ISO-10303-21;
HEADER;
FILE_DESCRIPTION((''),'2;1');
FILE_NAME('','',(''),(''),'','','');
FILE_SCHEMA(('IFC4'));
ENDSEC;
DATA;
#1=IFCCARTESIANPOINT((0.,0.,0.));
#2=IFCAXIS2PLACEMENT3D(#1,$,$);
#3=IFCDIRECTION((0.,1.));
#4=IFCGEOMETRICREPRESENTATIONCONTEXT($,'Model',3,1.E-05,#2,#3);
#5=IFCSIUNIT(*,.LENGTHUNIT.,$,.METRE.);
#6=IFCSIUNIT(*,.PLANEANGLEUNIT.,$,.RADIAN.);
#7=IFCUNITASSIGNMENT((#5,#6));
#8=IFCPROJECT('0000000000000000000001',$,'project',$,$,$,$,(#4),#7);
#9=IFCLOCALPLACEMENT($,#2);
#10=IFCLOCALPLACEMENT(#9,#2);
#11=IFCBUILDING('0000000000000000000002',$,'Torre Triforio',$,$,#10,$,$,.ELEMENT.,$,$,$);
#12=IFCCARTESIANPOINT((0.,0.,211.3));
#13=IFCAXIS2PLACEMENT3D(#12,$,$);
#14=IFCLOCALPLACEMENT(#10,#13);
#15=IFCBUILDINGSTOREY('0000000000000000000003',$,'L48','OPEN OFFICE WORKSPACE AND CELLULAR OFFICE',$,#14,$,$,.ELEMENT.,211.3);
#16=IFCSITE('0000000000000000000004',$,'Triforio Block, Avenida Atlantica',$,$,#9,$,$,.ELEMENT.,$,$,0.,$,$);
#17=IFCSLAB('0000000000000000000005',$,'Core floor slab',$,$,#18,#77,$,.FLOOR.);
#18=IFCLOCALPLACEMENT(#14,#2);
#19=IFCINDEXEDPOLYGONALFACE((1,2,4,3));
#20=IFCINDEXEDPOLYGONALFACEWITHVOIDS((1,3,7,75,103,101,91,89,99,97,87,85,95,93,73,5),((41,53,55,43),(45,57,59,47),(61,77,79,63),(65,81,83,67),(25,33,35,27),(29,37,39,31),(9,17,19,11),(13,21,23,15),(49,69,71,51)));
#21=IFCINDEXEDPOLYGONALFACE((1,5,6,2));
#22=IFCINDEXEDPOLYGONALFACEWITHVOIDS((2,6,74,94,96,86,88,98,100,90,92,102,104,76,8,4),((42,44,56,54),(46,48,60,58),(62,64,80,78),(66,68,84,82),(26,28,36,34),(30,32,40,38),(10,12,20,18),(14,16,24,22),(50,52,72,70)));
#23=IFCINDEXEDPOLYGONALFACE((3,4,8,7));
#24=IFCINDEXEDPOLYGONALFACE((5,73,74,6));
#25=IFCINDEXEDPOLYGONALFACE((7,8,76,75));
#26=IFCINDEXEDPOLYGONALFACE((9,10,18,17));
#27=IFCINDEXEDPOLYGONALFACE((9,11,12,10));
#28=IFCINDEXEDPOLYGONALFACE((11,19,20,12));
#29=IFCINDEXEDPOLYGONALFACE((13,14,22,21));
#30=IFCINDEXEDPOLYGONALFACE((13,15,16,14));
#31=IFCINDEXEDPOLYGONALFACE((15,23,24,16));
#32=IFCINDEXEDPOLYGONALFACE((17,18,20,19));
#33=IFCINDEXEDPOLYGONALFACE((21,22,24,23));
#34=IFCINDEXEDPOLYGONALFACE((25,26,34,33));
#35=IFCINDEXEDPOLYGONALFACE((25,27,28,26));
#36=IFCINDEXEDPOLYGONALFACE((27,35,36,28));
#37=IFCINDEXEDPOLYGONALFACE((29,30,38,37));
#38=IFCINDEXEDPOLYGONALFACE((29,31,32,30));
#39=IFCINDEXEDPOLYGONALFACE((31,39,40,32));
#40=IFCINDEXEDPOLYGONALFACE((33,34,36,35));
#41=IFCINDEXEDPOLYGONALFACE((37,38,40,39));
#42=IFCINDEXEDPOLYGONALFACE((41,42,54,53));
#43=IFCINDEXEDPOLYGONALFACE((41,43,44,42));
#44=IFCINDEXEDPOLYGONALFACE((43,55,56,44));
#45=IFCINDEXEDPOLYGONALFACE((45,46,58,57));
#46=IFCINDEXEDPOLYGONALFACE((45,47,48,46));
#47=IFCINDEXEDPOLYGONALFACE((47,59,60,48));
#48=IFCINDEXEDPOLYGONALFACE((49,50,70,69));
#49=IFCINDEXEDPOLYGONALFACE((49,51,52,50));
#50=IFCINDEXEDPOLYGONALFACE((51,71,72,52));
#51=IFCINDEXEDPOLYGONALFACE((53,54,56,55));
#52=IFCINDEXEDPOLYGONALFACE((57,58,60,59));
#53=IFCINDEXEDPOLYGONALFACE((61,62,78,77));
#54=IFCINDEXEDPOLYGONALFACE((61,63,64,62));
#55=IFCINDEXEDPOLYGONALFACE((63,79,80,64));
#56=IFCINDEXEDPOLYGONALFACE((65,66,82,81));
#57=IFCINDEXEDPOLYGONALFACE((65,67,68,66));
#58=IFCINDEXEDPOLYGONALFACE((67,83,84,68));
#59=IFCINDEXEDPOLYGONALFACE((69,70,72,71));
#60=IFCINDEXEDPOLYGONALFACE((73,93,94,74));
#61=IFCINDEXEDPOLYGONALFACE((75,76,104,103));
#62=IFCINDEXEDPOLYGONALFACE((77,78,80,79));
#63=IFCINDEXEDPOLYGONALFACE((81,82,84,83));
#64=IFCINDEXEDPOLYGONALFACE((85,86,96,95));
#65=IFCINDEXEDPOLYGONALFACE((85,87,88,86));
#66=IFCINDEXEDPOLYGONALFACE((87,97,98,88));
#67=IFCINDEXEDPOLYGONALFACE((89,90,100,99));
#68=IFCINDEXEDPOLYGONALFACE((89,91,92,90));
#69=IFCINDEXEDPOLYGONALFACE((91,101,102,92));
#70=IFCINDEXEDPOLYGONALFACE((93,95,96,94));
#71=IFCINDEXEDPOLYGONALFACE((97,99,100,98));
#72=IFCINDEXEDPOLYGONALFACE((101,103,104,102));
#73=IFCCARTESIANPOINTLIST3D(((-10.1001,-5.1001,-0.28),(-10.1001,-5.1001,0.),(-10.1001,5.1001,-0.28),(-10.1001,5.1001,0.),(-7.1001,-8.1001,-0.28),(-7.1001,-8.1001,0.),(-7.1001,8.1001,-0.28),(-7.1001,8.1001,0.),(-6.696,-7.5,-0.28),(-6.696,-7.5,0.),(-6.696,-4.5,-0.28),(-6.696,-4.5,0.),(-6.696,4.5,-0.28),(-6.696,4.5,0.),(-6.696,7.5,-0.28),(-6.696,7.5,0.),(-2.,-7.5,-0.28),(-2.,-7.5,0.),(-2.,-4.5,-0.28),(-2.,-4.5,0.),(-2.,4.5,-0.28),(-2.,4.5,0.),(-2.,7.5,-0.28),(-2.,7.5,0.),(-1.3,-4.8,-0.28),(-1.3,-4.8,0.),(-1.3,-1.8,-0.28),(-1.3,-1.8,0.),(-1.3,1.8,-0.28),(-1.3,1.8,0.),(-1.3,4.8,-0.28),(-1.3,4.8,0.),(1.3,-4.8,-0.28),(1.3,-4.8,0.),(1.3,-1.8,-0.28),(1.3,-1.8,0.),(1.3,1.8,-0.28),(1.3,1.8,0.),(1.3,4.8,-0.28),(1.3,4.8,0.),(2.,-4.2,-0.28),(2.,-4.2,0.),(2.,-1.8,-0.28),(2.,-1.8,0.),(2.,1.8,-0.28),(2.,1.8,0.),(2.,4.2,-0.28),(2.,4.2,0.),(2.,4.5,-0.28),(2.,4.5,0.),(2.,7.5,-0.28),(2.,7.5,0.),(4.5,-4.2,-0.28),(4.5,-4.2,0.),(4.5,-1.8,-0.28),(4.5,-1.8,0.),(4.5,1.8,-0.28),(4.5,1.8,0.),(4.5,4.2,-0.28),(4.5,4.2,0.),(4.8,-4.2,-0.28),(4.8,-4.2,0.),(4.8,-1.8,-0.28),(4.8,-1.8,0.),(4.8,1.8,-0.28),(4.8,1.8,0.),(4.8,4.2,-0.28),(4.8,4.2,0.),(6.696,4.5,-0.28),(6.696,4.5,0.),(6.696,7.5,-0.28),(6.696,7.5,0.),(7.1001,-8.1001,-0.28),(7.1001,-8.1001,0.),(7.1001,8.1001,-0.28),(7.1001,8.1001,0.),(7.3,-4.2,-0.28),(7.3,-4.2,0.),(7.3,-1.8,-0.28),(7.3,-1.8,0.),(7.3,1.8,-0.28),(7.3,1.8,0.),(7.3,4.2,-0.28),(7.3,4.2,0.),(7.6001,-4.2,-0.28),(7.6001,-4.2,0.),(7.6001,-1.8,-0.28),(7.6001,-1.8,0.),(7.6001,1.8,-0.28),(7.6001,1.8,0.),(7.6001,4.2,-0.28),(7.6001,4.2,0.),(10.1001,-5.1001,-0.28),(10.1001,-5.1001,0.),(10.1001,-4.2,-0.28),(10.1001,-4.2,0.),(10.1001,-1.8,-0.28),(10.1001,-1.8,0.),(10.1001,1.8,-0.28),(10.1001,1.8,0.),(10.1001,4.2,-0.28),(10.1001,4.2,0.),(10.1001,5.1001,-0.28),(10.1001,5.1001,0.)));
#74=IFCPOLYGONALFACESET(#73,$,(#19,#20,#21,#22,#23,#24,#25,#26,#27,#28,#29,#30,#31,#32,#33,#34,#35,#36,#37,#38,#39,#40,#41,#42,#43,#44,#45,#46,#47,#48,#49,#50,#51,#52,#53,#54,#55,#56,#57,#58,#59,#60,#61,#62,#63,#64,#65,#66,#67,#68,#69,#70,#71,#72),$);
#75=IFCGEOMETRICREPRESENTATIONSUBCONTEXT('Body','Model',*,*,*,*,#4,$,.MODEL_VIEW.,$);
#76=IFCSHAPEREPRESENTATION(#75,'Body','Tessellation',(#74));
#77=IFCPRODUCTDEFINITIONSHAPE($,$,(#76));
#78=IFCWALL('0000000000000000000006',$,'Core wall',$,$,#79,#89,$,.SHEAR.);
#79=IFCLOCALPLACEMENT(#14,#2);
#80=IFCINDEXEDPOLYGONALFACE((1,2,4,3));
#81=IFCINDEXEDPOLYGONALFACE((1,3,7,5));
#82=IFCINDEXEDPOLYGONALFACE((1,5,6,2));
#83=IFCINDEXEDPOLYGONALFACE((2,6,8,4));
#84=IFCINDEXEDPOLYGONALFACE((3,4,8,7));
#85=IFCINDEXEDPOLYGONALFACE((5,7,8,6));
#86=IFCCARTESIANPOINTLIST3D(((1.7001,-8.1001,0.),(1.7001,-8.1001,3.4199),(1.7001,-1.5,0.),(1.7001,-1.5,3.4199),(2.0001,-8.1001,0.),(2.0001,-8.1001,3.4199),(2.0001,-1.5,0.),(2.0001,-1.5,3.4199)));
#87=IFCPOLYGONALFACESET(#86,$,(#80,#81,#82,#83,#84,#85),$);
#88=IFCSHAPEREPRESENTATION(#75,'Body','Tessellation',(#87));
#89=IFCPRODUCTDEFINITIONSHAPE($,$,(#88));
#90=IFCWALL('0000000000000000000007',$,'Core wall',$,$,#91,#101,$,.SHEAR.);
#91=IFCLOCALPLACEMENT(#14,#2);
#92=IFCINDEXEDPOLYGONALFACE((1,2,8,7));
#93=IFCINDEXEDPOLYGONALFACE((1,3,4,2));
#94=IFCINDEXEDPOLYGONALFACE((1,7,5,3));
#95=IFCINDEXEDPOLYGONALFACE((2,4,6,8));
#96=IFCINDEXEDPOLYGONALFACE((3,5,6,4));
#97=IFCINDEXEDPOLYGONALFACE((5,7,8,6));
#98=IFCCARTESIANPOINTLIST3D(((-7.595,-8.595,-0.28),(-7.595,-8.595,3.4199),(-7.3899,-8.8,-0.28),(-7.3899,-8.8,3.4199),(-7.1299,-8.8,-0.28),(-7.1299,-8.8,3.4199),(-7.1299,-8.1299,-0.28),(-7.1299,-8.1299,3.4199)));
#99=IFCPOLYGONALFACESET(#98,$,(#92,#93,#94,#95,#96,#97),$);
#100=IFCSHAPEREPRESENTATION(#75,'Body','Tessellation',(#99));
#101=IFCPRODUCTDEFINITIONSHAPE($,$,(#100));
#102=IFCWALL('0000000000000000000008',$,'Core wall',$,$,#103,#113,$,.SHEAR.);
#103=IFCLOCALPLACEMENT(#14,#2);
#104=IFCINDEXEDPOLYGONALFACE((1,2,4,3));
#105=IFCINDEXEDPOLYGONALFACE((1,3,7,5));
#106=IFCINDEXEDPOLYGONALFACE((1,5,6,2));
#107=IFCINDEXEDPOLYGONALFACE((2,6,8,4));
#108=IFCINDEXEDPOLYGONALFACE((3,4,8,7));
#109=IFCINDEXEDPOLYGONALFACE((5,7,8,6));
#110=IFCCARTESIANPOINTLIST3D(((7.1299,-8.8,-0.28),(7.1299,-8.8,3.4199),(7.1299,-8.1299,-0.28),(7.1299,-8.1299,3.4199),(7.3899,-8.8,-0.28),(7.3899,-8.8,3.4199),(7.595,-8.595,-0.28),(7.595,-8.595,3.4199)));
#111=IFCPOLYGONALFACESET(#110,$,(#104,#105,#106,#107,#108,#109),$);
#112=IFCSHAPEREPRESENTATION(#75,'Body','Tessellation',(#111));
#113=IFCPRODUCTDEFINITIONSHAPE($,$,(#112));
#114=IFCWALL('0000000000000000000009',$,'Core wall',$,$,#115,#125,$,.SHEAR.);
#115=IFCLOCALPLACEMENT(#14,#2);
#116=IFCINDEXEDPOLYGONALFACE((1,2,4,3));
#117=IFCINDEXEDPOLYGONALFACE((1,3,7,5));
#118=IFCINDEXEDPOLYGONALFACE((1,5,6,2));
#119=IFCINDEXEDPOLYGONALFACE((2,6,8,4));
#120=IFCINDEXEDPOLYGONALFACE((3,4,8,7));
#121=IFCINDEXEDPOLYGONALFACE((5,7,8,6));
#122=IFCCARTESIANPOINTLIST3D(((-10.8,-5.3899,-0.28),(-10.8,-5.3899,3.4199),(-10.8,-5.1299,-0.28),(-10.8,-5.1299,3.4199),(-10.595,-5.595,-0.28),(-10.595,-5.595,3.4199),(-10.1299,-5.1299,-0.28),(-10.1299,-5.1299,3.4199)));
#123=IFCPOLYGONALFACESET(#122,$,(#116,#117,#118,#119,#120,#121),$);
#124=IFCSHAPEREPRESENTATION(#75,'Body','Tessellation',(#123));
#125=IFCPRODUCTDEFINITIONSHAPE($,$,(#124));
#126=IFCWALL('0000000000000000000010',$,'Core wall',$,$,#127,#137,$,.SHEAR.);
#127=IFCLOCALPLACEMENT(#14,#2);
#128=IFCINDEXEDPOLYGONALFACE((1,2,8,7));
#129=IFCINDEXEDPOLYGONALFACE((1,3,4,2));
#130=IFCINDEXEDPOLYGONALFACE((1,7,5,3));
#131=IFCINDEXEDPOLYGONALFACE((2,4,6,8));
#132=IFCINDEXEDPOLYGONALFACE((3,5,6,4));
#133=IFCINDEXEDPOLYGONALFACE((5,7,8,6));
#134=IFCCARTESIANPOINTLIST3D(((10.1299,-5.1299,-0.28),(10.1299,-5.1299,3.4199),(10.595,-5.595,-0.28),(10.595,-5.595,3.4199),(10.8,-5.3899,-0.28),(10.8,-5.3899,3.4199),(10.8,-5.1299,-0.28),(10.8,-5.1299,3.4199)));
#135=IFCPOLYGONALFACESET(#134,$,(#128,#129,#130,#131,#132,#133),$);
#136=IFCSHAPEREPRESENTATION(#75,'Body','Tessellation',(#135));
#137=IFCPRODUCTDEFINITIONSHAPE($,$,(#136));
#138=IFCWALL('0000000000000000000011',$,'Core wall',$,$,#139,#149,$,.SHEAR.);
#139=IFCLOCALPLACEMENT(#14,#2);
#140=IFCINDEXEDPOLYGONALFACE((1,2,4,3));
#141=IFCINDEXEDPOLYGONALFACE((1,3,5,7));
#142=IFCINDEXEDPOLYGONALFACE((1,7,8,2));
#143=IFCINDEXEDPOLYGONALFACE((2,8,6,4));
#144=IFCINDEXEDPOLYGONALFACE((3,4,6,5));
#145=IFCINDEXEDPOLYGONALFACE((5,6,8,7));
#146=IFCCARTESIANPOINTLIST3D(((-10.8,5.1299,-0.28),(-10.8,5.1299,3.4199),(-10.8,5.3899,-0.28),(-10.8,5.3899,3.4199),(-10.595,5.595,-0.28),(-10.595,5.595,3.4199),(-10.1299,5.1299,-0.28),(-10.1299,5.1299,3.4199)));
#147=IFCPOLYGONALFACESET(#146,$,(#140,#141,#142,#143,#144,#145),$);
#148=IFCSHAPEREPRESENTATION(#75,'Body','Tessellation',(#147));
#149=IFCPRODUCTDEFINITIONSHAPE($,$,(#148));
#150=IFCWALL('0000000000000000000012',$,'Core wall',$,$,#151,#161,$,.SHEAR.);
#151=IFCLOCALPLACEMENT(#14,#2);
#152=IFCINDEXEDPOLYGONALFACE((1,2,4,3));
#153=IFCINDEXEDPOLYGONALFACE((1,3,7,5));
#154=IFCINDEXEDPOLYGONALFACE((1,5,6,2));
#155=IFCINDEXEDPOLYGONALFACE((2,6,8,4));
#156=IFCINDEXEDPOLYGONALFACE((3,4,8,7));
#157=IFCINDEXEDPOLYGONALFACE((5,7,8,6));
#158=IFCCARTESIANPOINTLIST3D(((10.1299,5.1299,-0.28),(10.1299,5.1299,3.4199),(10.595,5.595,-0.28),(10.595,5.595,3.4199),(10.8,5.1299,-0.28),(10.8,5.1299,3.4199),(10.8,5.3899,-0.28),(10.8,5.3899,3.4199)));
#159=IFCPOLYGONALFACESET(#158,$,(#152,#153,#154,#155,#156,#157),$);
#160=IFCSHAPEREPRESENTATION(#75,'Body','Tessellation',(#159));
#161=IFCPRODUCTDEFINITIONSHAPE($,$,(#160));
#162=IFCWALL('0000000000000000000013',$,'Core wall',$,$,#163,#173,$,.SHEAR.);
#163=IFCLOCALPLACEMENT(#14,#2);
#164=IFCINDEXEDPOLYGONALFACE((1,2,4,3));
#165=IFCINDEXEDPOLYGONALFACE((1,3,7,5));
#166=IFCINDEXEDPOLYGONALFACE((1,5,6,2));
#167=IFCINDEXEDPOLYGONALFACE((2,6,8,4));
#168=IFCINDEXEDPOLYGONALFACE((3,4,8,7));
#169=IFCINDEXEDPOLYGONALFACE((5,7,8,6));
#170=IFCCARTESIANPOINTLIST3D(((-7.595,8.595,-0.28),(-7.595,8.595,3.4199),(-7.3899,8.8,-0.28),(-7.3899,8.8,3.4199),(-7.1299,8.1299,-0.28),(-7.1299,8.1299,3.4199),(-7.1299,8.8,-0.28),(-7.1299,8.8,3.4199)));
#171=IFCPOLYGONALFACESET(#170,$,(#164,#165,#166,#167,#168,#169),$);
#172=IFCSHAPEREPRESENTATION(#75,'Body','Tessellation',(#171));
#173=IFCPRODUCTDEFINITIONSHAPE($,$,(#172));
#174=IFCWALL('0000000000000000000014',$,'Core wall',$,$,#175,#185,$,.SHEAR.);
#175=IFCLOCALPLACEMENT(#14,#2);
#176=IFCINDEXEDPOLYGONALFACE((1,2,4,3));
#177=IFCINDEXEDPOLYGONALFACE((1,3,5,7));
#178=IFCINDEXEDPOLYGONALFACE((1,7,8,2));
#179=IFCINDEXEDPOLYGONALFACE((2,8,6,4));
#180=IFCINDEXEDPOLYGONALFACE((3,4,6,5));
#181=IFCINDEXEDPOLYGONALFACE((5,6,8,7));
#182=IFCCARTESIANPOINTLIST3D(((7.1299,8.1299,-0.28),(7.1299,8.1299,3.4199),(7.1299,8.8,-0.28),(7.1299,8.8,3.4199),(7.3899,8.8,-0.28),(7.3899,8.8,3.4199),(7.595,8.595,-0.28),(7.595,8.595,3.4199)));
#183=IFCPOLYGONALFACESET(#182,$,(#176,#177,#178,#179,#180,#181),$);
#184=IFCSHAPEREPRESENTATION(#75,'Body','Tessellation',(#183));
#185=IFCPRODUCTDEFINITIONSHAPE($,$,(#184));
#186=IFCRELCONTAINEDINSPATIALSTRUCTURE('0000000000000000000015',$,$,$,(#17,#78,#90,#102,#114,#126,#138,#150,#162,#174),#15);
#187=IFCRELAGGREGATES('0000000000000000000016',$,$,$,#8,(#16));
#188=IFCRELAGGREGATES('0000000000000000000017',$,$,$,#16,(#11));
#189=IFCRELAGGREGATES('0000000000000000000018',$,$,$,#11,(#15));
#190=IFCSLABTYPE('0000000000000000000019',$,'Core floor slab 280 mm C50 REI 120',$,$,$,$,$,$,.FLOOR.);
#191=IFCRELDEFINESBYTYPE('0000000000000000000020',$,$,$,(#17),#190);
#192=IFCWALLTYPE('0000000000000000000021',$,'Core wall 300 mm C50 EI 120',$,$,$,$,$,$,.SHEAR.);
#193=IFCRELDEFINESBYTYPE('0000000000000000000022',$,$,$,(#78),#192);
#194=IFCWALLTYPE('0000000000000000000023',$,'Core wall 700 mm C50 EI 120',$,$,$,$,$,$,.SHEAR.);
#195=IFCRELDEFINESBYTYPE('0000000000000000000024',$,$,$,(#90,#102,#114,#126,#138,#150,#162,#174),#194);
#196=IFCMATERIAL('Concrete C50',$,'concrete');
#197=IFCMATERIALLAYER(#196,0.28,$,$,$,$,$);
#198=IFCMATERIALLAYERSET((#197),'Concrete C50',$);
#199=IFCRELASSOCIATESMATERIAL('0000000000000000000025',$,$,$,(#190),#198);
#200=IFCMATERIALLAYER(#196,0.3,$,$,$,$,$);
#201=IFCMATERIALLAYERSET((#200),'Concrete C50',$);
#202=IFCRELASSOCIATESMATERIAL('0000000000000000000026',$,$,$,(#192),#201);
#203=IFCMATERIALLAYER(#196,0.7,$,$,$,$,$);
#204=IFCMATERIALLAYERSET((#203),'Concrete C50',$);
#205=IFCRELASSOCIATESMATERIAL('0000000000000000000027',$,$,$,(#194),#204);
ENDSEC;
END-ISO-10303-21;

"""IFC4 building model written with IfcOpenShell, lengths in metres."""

from ifc_helpers import new_model, si_unit, direction, frame, frame_2d, origin, place, context, subcontext, project, spatial, polyline, rectangle, outline, extrude, material, layer, layer_set, type_object, element, save


model = new_model("IFC4")

# Units and contexts
model_context = context("Model", 3, precision=1e-05, world=origin(), true_north=direction((0.0, 1.0)))
body_context = subcontext(model_context, "Body", "Model", "MODEL_VIEW")
ifc_project = project(units=[si_unit("LENGTHUNIT", "METRE"), si_unit("PLANEANGLEUNIT", "RADIAN")], contexts=[model_context])

# Site, building, storey
site_placement = place(None, origin())
site = spatial("IfcSite", under=ifc_project, at=site_placement, Name="Triforio Block, Avenida Atlantica", CompositionType="ELEMENT", RefElevation=0.0)
building_placement = place(site_placement, origin())
building = spatial("IfcBuilding", under=site, at=building_placement, Name="Torre Triforio", CompositionType="ELEMENT")
storey_placement = place(building_placement, frame((0.0, 0.0, 211.3)))
storey = spatial("IfcBuildingStorey", under=building, at=storey_placement, Name="L48", Description="OPEN OFFICE WORKSPACE AND CELLULAR OFFICE", CompositionType="ELEMENT", Elevation=211.3)

# Slab
ifc_material_1 = material(Name="Concrete C50", Category="concrete")
ifc_layer_1 = layer(ifc_material_1, 0.28)
ifc_layer_set_1 = layer_set([ifc_layer_1], Name="Concrete C50")
slab_type = type_object("IfcSlabType", Name="Core floor slab 280 mm C50 REI 120", PredefinedType="FLOOR", material=ifc_layer_set_1)
slab_placement = place(storey_placement, frame((0.0, 0.0, -0.28)))
element("IfcSlab", 1, at=slab_placement, inside=storey, type_object=slab_type, Name="Core floor slab", PredefinedType="FLOOR", context=body_context, shape_type="SweptSolid", body=[
    extrude(outline(polyline([(10.1001, -5.1001), (7.1001, -8.1001), (-7.1001, -8.1001), (-10.1001, -5.1001), (-10.1001, 5.1001), (-7.1001, 8.1001), (7.1001, 8.1001), (10.1001, 5.1001), (10.1001, 4.2), (7.6001, 4.2), (7.6001, 1.8), (10.1001, 1.8), (10.1001, -1.8), (7.6001, -1.8), (7.6001, -4.2), (10.1001, -4.2), (10.1001, -5.1001)]), holes=[polyline([(-6.696, -4.5), (-6.696, -7.5), (-2.0, -7.5), (-2.0, -4.5), (-6.696, -4.5)]), polyline([(-1.3, -1.8), (-1.3, -4.8), (1.3, -4.8), (1.3, -1.8), (-1.3, -1.8)]), polyline([(2.0, -1.8), (2.0, -4.2), (4.5, -4.2), (4.5, -1.8), (2.0, -1.8)]), polyline([(4.5, 4.2), (2.0, 4.2), (2.0, 1.8), (4.5, 1.8), (4.5, 4.2)]), polyline([(1.3, 4.8), (-1.3, 4.8), (-1.3, 1.8), (1.3, 1.8), (1.3, 4.8)]), polyline([(-6.696, 7.5), (-6.696, 4.5), (-2.0, 4.5), (-2.0, 7.5), (-6.696, 7.5)]), polyline([(7.3, -1.8), (4.8, -1.8), (4.8, -4.2), (7.3, -4.2), (7.3, -1.8)]), polyline([(4.8, 4.2), (4.8, 1.8), (7.3, 1.8), (7.3, 4.2), (4.8, 4.2)]), polyline([(6.696, 7.5), (2.0, 7.5), (2.0, 4.5), (6.696, 4.5), (6.696, 7.5)])]), origin(), (0.0, 0.0, 1.0), 0.28),
])

# Walls
ifc_layer_2 = layer(ifc_material_1, 0.3)
ifc_layer_set_2 = layer_set([ifc_layer_2], Name="Concrete C50")
wall_type_1 = type_object("IfcWallType", Name="Core wall 300 mm C50 EI 120", PredefinedType="SHEAR", material=ifc_layer_set_2)
wall_1_placement = place(storey_placement, frame((1.8501, -8.1001, 0.0), z_axis=(0.0, 0.0, 1.0), x_axis=(0.0, 1.0, 0.0)))
element("IfcWall", 2, at=wall_1_placement, inside=storey, type_object=wall_type_1, Name="Core wall", PredefinedType="SHEAR", context=body_context, shape_type="SweptSolid", body=[
    extrude(rectangle(XDim=6.6001, YDim=0.3, at=frame_2d((3.3, 0.0))), origin(), (0.0, 0.0, 1.0), 3.4199),
])
ifc_layer_3 = layer(ifc_material_1, 0.7)
ifc_layer_set_3 = layer_set([ifc_layer_3], Name="Concrete C50")
wall_type_2 = type_object("IfcWallType", Name="Core wall 700 mm C50 EI 120", PredefinedType="SHEAR", material=ifc_layer_set_3)
wall_2_placement = place(storey_placement, frame((0.0, 0.0, -0.28)))
element("IfcWall", 3, at=wall_2_placement, inside=storey, type_object=wall_type_2, Name="Core wall", PredefinedType="SHEAR", context=body_context, shape_type="SweptSolid", body=[
    extrude(outline(polyline([(-7.3899, -8.8), (-7.595, -8.595), (-7.595, -8.595), (-7.595, -8.595), (-7.1299, -8.1299), (-7.1299, -8.8), (-7.1299, -8.8), (-7.3899, -8.8)])), origin(), (0.0, 0.0, 1.0), 3.7),
])
wall_3_placement = place(storey_placement, frame((0.0, 0.0, -0.28)))
element("IfcWall", 4, at=wall_3_placement, inside=storey, type_object=wall_type_2, Name="Core wall", PredefinedType="SHEAR", context=body_context, shape_type="SweptSolid", body=[
    extrude(outline(polyline([(7.3899, -8.8), (7.1299, -8.8), (7.1299, -8.8), (7.1299, -8.1299), (7.595, -8.595), (7.595, -8.595), (7.595, -8.595), (7.3899, -8.8)])), origin(), (0.0, 0.0, 1.0), 3.7),
])
wall_4_placement = place(storey_placement, frame((0.0, 0.0, -0.28)))
element("IfcWall", 5, at=wall_4_placement, inside=storey, type_object=wall_type_2, Name="Core wall", PredefinedType="SHEAR", context=body_context, shape_type="SweptSolid", body=[
    extrude(outline(polyline([(-10.8, -5.3899), (-10.8, -5.1299), (-10.8, -5.1299), (-10.1299, -5.1299), (-10.595, -5.595), (-10.595, -5.595), (-10.595, -5.595), (-10.8, -5.3899)])), origin(), (0.0, 0.0, 1.0), 3.7),
])
wall_5_placement = place(storey_placement, frame((0.0, 0.0, -0.28)))
element("IfcWall", 6, at=wall_5_placement, inside=storey, type_object=wall_type_2, Name="Core wall", PredefinedType="SHEAR", context=body_context, shape_type="SweptSolid", body=[
    extrude(outline(polyline([(10.8, -5.3899), (10.595, -5.595), (10.595, -5.595), (10.595, -5.595), (10.1299, -5.1299), (10.8, -5.1299), (10.8, -5.1299), (10.8, -5.3899)])), origin(), (0.0, 0.0, 1.0), 3.7),
])
wall_6_placement = place(storey_placement, frame((0.0, 0.0, -0.28)))
element("IfcWall", 7, at=wall_6_placement, inside=storey, type_object=wall_type_2, Name="Core wall", PredefinedType="SHEAR", context=body_context, shape_type="SweptSolid", body=[
    extrude(outline(polyline([(-10.595, 5.595), (-10.595, 5.595), (-10.595, 5.595), (-10.1299, 5.1299), (-10.8, 5.1299), (-10.8, 5.1299), (-10.8, 5.3899), (-10.595, 5.595)])), origin(), (0.0, 0.0, 1.0), 3.7),
])
wall_7_placement = place(storey_placement, frame((0.0, 0.0, -0.28)))
element("IfcWall", 8, at=wall_7_placement, inside=storey, type_object=wall_type_2, Name="Core wall", PredefinedType="SHEAR", context=body_context, shape_type="SweptSolid", body=[
    extrude(outline(polyline([(10.8, 5.3899), (10.8, 5.1299), (10.8, 5.1299), (10.1299, 5.1299), (10.595, 5.595), (10.595, 5.595), (10.595, 5.595), (10.8, 5.3899)])), origin(), (0.0, 0.0, 1.0), 3.7),
])
wall_8_placement = place(storey_placement, frame((0.0, 0.0, -0.28)))
element("IfcWall", 9, at=wall_8_placement, inside=storey, type_object=wall_type_2, Name="Core wall", PredefinedType="SHEAR", context=body_context, shape_type="SweptSolid", body=[
    extrude(outline(polyline([(-7.3899, 8.8), (-7.1299, 8.8), (-7.1299, 8.8), (-7.1299, 8.1299), (-7.595, 8.595), (-7.595, 8.595), (-7.595, 8.595), (-7.3899, 8.8)])), origin(), (0.0, 0.0, 1.0), 3.7),
])
wall_9_placement = place(storey_placement, frame((0.0, 0.0, -0.28)))
element("IfcWall", 10, at=wall_9_placement, inside=storey, type_object=wall_type_2, Name="Core wall", PredefinedType="SHEAR", context=body_context, shape_type="SweptSolid", body=[
    extrude(outline(polyline([(7.3899, 8.8), (7.595, 8.595), (7.595, 8.595), (7.595, 8.595), (7.1299, 8.1299), (7.1299, 8.8), (7.1299, 8.8), (7.3899, 8.8)])), origin(), (0.0, 0.0, 1.0), 3.7),
])

save(model, "model.ifc")
